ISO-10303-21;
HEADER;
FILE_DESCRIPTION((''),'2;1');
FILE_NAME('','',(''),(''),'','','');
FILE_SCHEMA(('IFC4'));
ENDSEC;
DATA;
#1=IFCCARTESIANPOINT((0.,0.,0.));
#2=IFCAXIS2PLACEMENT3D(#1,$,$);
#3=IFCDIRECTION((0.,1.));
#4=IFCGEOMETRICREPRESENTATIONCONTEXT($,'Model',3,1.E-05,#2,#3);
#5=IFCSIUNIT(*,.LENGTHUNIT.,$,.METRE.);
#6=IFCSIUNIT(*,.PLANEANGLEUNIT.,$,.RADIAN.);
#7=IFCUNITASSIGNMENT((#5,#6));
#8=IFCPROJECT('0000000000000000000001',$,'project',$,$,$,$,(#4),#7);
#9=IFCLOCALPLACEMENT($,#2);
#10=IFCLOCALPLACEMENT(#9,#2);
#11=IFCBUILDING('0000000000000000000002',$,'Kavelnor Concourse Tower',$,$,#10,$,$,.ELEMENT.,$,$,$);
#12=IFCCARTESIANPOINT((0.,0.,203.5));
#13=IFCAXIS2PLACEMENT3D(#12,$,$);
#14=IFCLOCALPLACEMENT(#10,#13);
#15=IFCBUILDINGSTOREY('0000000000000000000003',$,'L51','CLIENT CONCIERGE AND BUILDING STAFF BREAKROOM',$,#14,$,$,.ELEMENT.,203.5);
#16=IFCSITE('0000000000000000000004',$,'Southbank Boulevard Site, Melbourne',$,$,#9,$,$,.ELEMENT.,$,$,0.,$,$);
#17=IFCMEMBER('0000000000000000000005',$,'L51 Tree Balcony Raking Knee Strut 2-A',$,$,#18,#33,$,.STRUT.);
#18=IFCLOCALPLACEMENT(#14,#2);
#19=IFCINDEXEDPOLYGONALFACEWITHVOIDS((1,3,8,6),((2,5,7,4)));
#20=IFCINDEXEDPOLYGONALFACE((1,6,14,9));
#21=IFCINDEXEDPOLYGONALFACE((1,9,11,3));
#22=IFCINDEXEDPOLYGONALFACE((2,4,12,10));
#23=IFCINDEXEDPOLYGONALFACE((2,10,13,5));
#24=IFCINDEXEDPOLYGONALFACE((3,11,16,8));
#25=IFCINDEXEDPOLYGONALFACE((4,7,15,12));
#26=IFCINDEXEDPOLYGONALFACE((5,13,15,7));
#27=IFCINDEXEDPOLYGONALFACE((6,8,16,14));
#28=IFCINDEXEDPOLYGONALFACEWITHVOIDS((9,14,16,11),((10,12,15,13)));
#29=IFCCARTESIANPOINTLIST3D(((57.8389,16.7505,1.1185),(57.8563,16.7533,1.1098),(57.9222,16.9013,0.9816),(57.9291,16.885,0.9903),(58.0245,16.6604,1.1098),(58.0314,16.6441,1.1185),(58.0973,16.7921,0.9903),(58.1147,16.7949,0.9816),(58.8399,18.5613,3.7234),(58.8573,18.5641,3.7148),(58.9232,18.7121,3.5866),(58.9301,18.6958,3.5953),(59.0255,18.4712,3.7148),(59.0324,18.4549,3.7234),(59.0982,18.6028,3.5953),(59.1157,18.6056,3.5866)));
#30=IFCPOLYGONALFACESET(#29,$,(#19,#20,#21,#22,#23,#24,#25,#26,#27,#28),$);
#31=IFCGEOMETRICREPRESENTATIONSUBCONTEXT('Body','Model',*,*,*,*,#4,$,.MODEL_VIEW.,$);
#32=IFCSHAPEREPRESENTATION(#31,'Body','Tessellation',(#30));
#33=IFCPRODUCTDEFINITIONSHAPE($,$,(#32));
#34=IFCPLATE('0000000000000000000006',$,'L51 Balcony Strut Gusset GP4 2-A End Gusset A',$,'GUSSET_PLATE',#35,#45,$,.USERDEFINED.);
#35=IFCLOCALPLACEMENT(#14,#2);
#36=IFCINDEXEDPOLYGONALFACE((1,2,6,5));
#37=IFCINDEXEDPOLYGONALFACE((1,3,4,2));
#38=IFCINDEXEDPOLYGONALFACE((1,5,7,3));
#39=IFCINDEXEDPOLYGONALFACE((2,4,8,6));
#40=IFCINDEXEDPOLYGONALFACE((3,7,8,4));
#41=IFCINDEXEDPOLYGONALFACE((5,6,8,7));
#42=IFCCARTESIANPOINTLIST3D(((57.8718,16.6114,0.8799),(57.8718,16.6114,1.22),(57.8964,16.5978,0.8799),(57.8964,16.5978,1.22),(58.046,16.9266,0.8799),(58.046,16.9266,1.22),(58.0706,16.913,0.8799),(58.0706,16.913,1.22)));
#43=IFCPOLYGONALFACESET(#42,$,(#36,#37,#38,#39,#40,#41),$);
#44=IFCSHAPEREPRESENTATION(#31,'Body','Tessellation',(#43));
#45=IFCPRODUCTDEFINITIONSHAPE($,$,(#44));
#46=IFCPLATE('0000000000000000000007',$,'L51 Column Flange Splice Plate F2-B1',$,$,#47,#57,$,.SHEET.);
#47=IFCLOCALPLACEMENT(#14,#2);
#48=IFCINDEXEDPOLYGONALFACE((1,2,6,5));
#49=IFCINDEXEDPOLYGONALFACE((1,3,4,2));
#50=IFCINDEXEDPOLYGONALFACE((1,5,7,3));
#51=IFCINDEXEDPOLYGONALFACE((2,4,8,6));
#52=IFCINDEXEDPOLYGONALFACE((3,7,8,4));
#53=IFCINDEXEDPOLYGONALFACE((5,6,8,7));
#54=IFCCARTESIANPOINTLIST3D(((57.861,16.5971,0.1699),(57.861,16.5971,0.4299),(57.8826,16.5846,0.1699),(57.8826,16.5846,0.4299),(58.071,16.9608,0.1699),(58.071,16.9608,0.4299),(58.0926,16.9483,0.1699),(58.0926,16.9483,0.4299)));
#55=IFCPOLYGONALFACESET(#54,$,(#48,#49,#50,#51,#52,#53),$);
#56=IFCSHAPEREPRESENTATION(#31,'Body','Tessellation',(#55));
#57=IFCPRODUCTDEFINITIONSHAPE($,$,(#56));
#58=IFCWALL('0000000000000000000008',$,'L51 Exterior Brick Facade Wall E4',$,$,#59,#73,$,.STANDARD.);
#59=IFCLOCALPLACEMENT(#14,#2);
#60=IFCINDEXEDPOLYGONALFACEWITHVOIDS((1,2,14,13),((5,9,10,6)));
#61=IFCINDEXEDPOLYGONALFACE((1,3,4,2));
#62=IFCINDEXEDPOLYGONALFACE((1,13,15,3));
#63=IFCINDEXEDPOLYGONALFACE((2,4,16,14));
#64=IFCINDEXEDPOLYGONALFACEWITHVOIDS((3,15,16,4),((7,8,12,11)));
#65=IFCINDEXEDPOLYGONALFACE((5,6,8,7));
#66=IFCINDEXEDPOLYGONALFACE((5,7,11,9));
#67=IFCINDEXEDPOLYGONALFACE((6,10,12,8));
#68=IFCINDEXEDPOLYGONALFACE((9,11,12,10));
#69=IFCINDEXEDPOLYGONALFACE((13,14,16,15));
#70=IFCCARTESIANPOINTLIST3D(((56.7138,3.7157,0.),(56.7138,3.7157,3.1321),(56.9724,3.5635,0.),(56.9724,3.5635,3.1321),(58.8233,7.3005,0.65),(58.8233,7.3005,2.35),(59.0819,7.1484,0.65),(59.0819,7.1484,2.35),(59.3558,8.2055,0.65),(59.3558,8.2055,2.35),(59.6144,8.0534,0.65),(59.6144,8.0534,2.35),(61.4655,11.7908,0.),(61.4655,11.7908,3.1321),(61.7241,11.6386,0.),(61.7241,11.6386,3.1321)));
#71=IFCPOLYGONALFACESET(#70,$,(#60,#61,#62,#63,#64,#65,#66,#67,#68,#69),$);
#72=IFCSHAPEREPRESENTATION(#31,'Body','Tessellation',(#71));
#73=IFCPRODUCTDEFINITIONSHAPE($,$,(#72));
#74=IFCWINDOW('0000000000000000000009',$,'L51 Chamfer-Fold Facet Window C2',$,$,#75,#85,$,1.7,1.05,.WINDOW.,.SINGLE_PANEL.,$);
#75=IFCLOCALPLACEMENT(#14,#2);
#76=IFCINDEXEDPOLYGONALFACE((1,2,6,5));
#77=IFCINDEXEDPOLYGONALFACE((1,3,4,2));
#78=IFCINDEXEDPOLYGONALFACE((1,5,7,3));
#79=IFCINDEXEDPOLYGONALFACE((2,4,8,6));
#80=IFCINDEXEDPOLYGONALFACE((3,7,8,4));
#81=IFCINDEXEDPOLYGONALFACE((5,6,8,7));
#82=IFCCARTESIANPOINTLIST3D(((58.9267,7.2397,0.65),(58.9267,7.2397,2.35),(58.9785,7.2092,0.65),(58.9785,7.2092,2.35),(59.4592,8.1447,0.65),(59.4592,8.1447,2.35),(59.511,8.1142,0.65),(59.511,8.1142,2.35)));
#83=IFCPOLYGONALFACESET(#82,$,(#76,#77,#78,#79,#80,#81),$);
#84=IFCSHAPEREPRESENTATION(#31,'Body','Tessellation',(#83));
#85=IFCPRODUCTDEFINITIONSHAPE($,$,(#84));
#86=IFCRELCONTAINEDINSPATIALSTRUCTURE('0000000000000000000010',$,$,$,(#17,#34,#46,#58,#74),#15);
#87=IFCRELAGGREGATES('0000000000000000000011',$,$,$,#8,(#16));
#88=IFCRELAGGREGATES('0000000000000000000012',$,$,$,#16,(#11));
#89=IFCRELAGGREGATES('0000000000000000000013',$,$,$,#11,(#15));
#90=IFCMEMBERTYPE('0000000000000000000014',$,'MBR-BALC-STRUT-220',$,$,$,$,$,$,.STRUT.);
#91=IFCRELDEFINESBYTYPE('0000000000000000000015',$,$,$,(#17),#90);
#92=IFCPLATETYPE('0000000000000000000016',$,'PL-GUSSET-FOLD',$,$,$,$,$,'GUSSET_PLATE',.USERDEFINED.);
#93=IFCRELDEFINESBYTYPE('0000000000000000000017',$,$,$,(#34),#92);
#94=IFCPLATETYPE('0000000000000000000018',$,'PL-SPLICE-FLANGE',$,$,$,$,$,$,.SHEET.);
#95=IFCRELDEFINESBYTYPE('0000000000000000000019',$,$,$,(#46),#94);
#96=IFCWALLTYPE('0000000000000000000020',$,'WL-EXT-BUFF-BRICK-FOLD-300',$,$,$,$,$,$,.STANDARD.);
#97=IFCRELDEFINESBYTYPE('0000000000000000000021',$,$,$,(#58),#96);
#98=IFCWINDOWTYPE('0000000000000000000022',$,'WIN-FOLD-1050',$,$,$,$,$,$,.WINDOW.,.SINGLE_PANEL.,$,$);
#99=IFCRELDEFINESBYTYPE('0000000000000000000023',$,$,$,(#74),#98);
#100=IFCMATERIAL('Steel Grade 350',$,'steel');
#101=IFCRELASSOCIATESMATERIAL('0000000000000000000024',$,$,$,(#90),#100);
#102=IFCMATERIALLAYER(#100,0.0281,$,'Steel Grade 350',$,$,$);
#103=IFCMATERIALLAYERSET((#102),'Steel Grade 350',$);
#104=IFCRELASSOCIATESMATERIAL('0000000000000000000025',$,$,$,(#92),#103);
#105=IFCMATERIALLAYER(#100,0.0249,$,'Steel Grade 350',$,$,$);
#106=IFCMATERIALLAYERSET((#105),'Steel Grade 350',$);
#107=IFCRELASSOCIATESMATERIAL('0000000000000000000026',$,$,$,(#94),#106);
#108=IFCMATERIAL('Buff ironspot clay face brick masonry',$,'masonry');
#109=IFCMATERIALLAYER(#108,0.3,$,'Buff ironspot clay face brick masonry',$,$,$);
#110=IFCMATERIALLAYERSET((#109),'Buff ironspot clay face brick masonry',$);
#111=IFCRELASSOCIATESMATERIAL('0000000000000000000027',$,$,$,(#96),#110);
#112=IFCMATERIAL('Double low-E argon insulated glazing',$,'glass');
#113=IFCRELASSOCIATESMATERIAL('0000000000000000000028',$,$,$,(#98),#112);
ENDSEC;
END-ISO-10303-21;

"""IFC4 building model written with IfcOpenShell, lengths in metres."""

from ifc_helpers import new_model, si_unit, direction, frame, frame_2d, origin, origin_2d, place, context, subcontext, project, spatial, rectangle, hollow_rectangle, extrude, material, layer, layer_set, material_profile, profile_set, type_object, element, fill, save


model = new_model("IFC4")

# Units and contexts
model_context = context("Model", 3, precision=1e-05, world=origin(), true_north=direction((0.0, 1.0)))
body_context = subcontext(model_context, "Body", "Model", "MODEL_VIEW")
ifc_project = project(units=[si_unit("LENGTHUNIT", "METRE"), si_unit("PLANEANGLEUNIT", "RADIAN")], contexts=[model_context])

# Site, building, storey
site_placement = place(None, origin())
site = spatial("IfcSite", under=ifc_project, at=site_placement, Name="Southbank Boulevard Site, Melbourne", CompositionType="ELEMENT", RefElevation=0.0)
building_placement = place(site_placement, origin())
building = spatial("IfcBuilding", under=site, at=building_placement, Name="Kavelnor Concourse Tower", CompositionType="ELEMENT")
storey_placement = place(building_placement, frame((0.0, 0.0, 203.5)))
storey = spatial("IfcBuildingStorey", under=building, at=storey_placement, Name="L51", Description="CLIENT CONCIERGE AND BUILDING STAFF BREAKROOM", CompositionType="ELEMENT", Elevation=203.5)

# Shared definitions
ifc_material_1 = material(Name="Steel Grade 350", Category="steel")

# Member
ifc_material_profile_1 = material_profile(ifc_material_1, hollow_rectangle(XDim=0.22, YDim=0.22, WallThickness=0.0139, at=origin_2d()), Name="SHS 220x220x14")
ifc_profile_set_1 = profile_set([ifc_material_profile_1], Name="Steel Grade 350")
member_type = type_object("IfcMemberType", Name="MBR-BALC-STRUT-220", PredefinedType="STRUT", material=ifc_profile_set_1)
member_placement = place(storey_placement, frame((57.9768, 16.7727, 1.05), z_axis=(0.300893, 0.544323, 0.783056), x_axis=(-0.875185, 0.483788, 0.0)))
element("IfcMember", 1, at=member_placement, inside=storey, type_object=member_type, Name="L51 Tree Balcony Raking Knee Strut 2-A", PredefinedType="STRUT", context=body_context, shape_type="SweptSolid", body=[
    extrude(hollow_rectangle(XDim=0.22, YDim=0.22, WallThickness=0.0139, at=origin_2d()), origin(), (0.0, 0.0, 1.0), 3.3267),
])

# Plates
ifc_layer_1 = layer(ifc_material_1, 0.0281, Name="Steel Grade 350")
ifc_layer_set_1 = layer_set([ifc_layer_1], Name="Steel Grade 350")
plate_type_1 = type_object("IfcPlateType", Name="PL-GUSSET-FOLD", ElementType="GUSSET_PLATE", PredefinedType="USERDEFINED", material=ifc_layer_set_1)
plate_1_placement = place(storey_placement, frame((57.9712, 16.7622, 0.8799), z_axis=(0.0, 0.0, 1.0), x_axis=(0.483741, 0.875211, 0.0)))
element("IfcPlate", 2, at=plate_1_placement, inside=storey, type_object=plate_type_1, Name="L51 Balcony Strut Gusset GP4 2-A End Gusset A", ObjectType="GUSSET_PLATE", PredefinedType="USERDEFINED", context=body_context, shape_type="SweptSolid", body=[
    extrude(rectangle(XDim=0.3601, YDim=0.0281, at=origin_2d()), origin(), (0.0, 0.0, 1.0), 0.3401),
])
ifc_layer_2 = layer(ifc_material_1, 0.0249, Name="Steel Grade 350")
ifc_layer_set_2 = layer_set([ifc_layer_2], Name="Steel Grade 350")
plate_type_2 = type_object("IfcPlateType", Name="PL-SPLICE-FLANGE", PredefinedType="SHEET", material=ifc_layer_set_2)
plate_2_placement = place(storey_placement, frame((57.9768, 16.7727, 0.1699), z_axis=(0.0, 0.0, 1.0), x_axis=(-0.5, -0.866025, 0.0)))
element("IfcPlate", 3, at=plate_2_placement, inside=storey, type_object=plate_type_2, Name="L51 Column Flange Splice Plate F2-B1", PredefinedType="SHEET", context=body_context, shape_type="SweptSolid", body=[
    extrude(rectangle(XDim=0.4199, YDim=0.0249, at=origin_2d()), origin(), (0.0, 0.0, 1.0), 0.26),
])

# Wall, opening, window
ifc_material_2 = material(Name="Buff ironspot clay face brick masonry", Category="masonry")
ifc_layer_3 = layer(ifc_material_2, 0.3, Name="Buff ironspot clay face brick masonry")
ifc_layer_set_3 = layer_set([ifc_layer_3], Name="Buff ironspot clay face brick masonry")
wall_type_1 = type_object("IfcWallType", Name="WL-EXT-BUFF-BRICK-FOLD-300", PredefinedType="STANDARD", material=ifc_layer_set_3)
wall_1_placement = place(storey_placement, frame((61.5947, 11.7146, 0.0), z_axis=(0.0, 0.0, 1.0), x_axis=(-0.507147, -0.86186, 0.0)))
wall_1 = element("IfcWall", 4, at=wall_1_placement, inside=storey, type_object=wall_type_1, Name="L51 Exterior Brick Facade Wall E4", PredefinedType="STANDARD", context=body_context, shape_type="SweptSolid", body=[
    extrude(rectangle(XDim=9.3694, YDim=0.3, at=frame_2d((4.6846, 0.0))), origin(), (0.0, 0.0, 1.0), 3.1321),
])
opening_1_placement = place(wall_1_placement, frame((4.1599, 0.0, 0.6499)))
opening_1 = element("IfcOpeningElement", 5, at=opening_1_placement, cuts=wall_1, PredefinedType="OPENING", context=body_context, shape_type="SweptSolid", body=[
    extrude(rectangle(XDim=1.05, YDim=1.7, at=frame_2d((0.5249, 0.8501))), frame((0.0, 0.1602, 0.0), z_axis=(0.0, -1.0, 0.0), x_axis=(1.0, 0.0, 0.0)), (0.0, 0.0, 1.0), 0.3201),
])
ifc_material_3 = material(Name="Double low-E argon insulated glazing", Category="glass")
window_type_1 = type_object("IfcWindowType", Name="WIN-FOLD-1050", PartitioningType="SINGLE_PANEL", PredefinedType="WINDOW", material=ifc_material_3)
window_1_placement = place(opening_1_placement, origin())
window_1 = element("IfcWindow", 6, at=window_1_placement, inside=storey, type_object=window_type_1, Name="L51 Chamfer-Fold Facet Window C2", OverallHeight=1.7, OverallWidth=1.05, PartitioningType="SINGLE_PANEL", PredefinedType="WINDOW", context=body_context, shape_type="SweptSolid", body=[
    extrude(rectangle(XDim=1.05, YDim=1.7, at=frame_2d((0.5249, 0.8501))), frame((0.0, 0.03, 0.0), z_axis=(0.0, -1.0, 0.0), x_axis=(1.0, 0.0, 0.0)), (0.0, 0.0, 1.0), 0.0601),
])
fill(opening_1, window_1)

save(model, "model.ifc")
